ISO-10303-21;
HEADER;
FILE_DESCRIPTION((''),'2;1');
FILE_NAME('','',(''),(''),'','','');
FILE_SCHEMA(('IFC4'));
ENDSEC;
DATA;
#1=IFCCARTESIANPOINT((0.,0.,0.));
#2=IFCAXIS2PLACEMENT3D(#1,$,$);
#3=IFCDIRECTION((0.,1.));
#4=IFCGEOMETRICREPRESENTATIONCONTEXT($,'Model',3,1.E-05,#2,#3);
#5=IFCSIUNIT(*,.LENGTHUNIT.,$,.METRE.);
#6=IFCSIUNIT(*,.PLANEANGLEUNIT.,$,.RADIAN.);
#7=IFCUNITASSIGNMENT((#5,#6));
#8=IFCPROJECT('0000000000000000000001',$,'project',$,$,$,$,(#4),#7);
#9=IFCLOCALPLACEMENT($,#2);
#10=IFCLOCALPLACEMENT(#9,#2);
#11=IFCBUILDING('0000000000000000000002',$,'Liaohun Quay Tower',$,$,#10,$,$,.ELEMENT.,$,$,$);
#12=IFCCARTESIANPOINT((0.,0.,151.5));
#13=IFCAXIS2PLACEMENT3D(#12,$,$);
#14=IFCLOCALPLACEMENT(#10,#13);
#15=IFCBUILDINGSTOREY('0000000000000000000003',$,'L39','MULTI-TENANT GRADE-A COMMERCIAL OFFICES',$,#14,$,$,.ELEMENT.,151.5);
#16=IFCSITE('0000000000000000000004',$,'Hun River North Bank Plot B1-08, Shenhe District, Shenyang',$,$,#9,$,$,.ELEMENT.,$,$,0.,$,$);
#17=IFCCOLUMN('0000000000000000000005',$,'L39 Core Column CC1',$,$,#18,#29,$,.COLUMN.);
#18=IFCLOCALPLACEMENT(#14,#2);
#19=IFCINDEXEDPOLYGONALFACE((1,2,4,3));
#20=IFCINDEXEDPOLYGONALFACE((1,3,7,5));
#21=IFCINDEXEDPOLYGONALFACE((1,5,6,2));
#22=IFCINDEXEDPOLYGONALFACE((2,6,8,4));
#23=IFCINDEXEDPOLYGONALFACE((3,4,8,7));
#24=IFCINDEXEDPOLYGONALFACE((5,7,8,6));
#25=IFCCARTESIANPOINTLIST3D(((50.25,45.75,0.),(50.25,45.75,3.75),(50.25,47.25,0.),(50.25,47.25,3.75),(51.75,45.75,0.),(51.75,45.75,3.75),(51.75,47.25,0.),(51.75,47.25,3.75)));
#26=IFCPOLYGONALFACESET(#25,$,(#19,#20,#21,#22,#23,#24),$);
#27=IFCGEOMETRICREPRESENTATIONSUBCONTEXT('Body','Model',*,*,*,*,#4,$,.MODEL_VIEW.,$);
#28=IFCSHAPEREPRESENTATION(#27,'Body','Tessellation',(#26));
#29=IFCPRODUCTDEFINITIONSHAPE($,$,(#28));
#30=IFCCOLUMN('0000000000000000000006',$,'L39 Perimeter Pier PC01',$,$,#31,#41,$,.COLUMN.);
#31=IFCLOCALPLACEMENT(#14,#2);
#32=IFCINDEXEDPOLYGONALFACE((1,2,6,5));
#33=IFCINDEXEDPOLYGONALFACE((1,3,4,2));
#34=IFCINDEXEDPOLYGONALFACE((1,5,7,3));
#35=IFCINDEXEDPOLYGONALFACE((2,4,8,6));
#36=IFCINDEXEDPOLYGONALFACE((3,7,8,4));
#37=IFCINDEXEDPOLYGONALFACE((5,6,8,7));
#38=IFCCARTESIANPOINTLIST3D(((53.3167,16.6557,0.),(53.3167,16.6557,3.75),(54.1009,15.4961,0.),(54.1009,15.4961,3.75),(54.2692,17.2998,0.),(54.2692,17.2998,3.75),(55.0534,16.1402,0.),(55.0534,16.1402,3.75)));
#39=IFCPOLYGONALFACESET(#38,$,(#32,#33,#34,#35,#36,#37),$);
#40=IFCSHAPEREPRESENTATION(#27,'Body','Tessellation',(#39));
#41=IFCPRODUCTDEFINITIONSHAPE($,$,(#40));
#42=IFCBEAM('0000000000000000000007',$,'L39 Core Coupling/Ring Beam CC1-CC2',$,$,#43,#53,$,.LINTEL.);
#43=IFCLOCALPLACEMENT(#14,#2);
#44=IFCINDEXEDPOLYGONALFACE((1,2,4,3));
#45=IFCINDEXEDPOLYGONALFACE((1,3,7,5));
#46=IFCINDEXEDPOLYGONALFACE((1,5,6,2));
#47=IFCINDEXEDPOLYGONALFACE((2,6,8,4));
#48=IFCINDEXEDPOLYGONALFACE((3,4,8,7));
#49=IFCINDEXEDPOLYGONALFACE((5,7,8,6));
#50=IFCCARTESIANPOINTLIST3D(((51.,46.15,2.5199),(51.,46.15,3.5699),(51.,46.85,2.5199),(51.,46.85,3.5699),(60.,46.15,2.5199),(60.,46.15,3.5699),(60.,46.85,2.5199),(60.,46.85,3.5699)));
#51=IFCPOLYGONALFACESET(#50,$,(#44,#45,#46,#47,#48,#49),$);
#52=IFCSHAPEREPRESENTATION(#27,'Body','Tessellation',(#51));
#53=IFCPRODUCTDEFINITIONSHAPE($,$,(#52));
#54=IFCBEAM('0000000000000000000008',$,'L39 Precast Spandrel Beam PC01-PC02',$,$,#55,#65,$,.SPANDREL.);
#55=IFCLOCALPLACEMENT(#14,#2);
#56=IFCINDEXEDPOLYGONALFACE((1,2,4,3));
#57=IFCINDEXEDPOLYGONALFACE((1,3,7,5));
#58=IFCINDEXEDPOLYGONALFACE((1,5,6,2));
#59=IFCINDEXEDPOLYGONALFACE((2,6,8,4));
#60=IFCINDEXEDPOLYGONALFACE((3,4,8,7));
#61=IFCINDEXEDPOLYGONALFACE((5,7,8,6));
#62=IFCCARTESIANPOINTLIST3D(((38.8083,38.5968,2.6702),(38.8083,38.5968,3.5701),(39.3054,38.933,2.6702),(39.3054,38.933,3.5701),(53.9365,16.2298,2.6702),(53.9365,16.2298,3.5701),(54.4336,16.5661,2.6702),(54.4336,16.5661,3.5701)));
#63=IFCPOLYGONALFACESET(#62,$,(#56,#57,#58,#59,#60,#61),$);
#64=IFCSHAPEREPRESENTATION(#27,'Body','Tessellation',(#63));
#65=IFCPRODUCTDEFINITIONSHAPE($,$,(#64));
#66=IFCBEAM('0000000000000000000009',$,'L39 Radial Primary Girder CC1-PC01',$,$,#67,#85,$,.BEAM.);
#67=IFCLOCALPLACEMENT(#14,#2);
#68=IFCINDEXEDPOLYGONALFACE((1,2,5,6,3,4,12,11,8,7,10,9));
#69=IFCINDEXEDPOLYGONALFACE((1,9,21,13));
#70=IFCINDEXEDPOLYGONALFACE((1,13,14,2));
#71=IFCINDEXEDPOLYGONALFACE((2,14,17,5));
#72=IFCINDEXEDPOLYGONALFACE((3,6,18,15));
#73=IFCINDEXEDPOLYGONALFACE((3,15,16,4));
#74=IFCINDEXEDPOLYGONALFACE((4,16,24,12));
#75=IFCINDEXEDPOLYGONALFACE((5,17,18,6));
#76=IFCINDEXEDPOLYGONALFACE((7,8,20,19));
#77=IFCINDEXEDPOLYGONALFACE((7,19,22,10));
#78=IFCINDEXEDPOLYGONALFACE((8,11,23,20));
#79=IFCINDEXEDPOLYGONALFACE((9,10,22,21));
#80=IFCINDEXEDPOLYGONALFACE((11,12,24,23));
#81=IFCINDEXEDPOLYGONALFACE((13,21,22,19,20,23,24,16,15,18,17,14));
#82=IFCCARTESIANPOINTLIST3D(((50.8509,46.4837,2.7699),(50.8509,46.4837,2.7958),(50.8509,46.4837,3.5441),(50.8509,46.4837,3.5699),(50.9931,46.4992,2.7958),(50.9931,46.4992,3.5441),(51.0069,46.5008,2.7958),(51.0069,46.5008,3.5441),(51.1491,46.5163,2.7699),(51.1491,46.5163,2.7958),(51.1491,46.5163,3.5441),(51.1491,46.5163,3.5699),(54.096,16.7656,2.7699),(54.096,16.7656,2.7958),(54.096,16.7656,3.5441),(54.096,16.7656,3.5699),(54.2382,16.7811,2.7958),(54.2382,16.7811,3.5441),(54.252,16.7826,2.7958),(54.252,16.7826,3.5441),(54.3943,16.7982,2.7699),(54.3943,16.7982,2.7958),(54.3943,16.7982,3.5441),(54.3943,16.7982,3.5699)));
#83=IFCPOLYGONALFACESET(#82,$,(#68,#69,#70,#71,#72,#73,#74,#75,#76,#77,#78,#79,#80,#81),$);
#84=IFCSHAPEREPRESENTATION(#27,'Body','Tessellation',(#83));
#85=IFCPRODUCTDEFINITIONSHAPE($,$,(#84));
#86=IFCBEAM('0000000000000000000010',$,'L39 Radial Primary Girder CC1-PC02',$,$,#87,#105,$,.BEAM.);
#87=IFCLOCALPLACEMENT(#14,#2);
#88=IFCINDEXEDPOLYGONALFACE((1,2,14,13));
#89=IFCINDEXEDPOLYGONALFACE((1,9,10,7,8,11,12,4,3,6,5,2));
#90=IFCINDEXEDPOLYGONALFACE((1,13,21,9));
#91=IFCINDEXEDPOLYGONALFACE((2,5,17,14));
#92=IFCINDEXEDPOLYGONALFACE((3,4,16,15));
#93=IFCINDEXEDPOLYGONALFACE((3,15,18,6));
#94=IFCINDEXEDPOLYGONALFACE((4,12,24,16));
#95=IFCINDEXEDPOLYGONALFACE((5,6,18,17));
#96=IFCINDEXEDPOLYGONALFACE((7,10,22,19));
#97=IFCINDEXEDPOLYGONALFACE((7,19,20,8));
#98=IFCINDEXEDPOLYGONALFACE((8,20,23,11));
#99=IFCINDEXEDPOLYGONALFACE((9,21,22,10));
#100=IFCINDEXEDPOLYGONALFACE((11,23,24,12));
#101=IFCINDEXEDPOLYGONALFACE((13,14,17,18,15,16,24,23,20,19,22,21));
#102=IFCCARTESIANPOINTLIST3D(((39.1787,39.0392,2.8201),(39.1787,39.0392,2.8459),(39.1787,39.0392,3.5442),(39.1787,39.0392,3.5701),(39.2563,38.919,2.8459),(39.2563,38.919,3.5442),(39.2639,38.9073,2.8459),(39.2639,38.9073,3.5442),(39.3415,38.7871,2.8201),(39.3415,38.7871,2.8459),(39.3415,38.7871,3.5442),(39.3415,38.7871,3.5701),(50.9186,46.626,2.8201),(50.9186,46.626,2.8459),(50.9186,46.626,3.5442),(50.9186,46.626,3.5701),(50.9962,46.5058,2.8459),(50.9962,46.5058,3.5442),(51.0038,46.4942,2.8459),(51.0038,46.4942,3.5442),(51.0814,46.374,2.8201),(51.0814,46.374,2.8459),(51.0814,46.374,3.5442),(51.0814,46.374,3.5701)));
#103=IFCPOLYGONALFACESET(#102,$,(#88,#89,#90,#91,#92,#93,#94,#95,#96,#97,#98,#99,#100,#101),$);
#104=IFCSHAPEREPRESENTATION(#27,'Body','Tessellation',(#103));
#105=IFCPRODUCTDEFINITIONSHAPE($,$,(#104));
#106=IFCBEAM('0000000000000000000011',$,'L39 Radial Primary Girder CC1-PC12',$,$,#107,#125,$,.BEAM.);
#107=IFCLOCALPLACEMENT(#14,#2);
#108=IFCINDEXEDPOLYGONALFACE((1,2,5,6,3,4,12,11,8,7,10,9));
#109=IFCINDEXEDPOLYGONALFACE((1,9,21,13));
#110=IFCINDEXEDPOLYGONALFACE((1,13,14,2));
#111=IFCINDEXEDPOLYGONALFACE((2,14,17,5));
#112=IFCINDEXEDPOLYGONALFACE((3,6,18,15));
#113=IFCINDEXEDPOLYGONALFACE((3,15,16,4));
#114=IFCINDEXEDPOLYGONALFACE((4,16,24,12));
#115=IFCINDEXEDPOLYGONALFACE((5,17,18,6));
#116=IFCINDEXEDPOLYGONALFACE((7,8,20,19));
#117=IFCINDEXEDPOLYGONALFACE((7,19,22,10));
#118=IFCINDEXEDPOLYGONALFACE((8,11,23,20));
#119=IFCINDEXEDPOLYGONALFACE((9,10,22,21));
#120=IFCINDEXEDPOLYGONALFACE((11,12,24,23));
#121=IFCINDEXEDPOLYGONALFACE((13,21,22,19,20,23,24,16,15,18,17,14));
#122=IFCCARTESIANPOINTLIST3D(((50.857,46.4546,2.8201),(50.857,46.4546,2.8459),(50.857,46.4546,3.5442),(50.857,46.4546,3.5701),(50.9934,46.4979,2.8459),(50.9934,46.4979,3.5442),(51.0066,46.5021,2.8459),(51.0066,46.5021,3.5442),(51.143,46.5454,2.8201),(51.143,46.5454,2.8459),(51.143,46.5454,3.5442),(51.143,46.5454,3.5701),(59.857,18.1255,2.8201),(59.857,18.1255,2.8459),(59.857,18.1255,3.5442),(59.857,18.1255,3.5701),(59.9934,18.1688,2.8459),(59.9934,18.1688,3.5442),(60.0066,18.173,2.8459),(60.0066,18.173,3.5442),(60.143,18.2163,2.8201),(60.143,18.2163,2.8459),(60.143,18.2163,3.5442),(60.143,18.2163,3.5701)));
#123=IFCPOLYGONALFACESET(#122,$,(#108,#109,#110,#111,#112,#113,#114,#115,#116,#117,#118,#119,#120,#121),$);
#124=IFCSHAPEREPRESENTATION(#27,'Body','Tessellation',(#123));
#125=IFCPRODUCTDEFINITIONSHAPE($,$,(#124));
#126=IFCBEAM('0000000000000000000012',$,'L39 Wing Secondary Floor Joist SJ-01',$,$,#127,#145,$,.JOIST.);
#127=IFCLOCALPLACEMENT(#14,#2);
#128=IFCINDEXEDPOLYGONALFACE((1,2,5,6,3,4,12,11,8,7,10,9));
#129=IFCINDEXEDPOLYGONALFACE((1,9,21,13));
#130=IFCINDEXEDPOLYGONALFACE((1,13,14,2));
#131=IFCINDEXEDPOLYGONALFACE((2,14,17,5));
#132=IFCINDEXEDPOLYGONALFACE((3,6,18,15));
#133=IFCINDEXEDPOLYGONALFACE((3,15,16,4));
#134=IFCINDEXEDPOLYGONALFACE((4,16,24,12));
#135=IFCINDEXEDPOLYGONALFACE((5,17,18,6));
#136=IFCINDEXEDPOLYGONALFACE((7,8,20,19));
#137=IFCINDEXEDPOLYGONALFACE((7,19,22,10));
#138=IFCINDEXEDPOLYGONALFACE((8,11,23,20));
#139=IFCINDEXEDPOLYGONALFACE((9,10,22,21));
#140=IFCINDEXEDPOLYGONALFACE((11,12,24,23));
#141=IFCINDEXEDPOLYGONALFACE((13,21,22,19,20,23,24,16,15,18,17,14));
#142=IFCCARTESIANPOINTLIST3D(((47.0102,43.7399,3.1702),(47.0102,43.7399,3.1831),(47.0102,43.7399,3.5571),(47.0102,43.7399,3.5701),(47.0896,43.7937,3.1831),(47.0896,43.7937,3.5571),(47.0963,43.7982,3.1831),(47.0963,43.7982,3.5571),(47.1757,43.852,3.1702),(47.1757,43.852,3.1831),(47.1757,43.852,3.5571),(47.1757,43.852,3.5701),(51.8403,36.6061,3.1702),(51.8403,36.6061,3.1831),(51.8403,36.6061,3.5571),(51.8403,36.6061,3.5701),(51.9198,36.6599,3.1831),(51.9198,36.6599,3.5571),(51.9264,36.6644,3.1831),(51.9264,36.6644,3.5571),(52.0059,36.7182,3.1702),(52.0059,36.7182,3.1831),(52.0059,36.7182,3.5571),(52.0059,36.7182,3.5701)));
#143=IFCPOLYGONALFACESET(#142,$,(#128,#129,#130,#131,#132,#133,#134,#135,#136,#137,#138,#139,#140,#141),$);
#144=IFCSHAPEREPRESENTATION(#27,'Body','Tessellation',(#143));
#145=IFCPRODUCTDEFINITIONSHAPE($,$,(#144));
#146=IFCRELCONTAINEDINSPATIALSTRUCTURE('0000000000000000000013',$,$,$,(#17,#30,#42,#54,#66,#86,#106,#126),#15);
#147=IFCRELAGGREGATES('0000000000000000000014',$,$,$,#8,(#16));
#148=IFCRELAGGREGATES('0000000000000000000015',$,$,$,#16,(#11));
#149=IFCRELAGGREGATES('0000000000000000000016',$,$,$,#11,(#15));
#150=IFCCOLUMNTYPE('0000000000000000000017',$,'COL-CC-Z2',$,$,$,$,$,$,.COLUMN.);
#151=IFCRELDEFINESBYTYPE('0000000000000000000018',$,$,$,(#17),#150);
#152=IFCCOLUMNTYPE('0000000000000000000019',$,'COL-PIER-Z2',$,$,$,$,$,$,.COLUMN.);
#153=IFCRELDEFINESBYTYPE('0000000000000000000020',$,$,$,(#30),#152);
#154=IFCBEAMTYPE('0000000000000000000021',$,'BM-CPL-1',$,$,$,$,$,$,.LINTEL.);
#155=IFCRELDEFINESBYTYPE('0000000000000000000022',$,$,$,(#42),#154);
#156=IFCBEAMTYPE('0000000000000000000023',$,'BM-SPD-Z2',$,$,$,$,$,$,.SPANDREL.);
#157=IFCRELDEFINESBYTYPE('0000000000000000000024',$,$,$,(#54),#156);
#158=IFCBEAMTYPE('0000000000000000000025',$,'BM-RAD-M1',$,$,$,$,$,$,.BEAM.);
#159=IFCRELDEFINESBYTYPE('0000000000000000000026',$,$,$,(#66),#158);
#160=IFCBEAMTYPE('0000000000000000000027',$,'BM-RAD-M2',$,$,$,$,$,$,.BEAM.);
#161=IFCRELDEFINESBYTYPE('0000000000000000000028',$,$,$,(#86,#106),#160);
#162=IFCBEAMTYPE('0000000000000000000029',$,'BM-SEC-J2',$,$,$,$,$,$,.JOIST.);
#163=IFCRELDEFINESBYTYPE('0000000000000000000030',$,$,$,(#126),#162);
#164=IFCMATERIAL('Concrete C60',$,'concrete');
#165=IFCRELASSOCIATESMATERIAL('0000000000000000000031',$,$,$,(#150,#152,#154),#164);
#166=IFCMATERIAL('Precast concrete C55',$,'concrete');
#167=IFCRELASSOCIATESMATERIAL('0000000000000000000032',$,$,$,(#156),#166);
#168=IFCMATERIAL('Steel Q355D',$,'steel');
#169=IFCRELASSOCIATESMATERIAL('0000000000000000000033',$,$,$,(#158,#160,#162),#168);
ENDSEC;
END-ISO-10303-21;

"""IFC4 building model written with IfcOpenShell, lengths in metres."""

from ifc_helpers import new_model, si_unit, direction, frame, origin, origin_2d, place, context, subcontext, project, spatial, rectangle, i_section, extrude, source, transform, mapped, material, material_profile, profile_set, type_object, element, save


model = new_model("IFC4")

# Units and contexts
model_context = context("Model", 3, precision=1e-05, world=origin(), true_north=direction((0.0, 1.0)))
body_context = subcontext(model_context, "Body", "Model", "MODEL_VIEW")
ifc_project = project(units=[si_unit("LENGTHUNIT", "METRE"), si_unit("PLANEANGLEUNIT", "RADIAN")], contexts=[model_context])

# Site, building, storey
site_placement = place(None, origin())
site = spatial("IfcSite", under=ifc_project, at=site_placement, Name="Hun River North Bank Plot B1-08, Shenhe District, Shenyang", CompositionType="ELEMENT", RefElevation=0.0)
building_placement = place(site_placement, origin())
building = spatial("IfcBuilding", under=site, at=building_placement, Name="Liaohun Quay Tower", CompositionType="ELEMENT")
storey_placement = place(building_placement, frame((0.0, 0.0, 151.5)))
storey = spatial("IfcBuildingStorey", under=building, at=storey_placement, Name="L39", Description="MULTI-TENANT GRADE-A COMMERCIAL OFFICES", CompositionType="ELEMENT", Elevation=151.5)

# Columns
ifc_material_1 = material(Name="Concrete C60", Category="concrete")
ifc_material_profile_1 = material_profile(ifc_material_1, rectangle(XDim=1.5, YDim=1.5, at=origin_2d()), Name="RC1500x1500")
ifc_profile_set_1 = profile_set([ifc_material_profile_1], Name="Concrete C60")
column_type_1 = type_object("IfcColumnType", Name="COL-CC-Z2", PredefinedType="COLUMN", material=ifc_profile_set_1)
shared_shape_1 = source(origin(), body_context, "Body", "SweptSolid", [
    extrude(rectangle(XDim=1.5, YDim=1.5, at=origin_2d()), origin(), (0.0, 0.0, 1.0), 3.75),
])
column_1_placement = place(storey_placement, frame((51.0, 46.5, 0.0), z_axis=(0.0, 0.0, 1.0), x_axis=(1.0, 0.0, 0.0)))
element("IfcColumn", 1, at=column_1_placement, inside=storey, type_object=column_type_1, Name="L39 Core Column CC1", PredefinedType="COLUMN", context=body_context, shape_type="MappedRepresentation", body=[
    mapped(shared_shape_1, transform((0.0, 0.0, 0.0), x_axis=(1.0, 0.0, 0.0), y_axis=(0.0, 1.0, 0.0), z_axis=(0.0, 0.0, 1.0), scale=1.0)),
])
ifc_material_profile_2 = material_profile(ifc_material_1, rectangle(XDim=1.3999, YDim=1.1499, at=origin_2d()), Name="RC1400x1150")
ifc_profile_set_2 = profile_set([ifc_material_profile_2], Name="Concrete C60")
column_type_2 = type_object("IfcColumnType", Name="COL-PIER-Z2", PredefinedType="COLUMN", material=ifc_profile_set_2)
shared_shape_2 = source(origin(), body_context, "Body", "SweptSolid", [
    extrude(rectangle(XDim=1.3999, YDim=1.1499, at=origin_2d()), origin(), (0.0, 0.0, 1.0), 3.75),
])
column_2_placement = place(storey_placement, frame((54.1851, 16.3979, 0.0), z_axis=(0.0, 0.0, 1.0), x_axis=(-0.560205, 0.828354, 0.0)))
element("IfcColumn", 2, at=column_2_placement, inside=storey, type_object=column_type_2, Name="L39 Perimeter Pier PC01", PredefinedType="COLUMN", context=body_context, shape_type="MappedRepresentation", body=[
    mapped(shared_shape_2, transform((0.0, 0.0, 0.0), x_axis=(1.0, 0.0, 0.0), y_axis=(0.0, 1.0, 0.0), z_axis=(0.0, 0.0, 1.0), scale=1.0)),
])

# Beams
ifc_material_profile_3 = material_profile(ifc_material_1, rectangle(XDim=0.7, YDim=1.05, at=origin_2d()), Name="RC700x1050")
ifc_profile_set_3 = profile_set([ifc_material_profile_3], Name="Concrete C60")
beam_type_1 = type_object("IfcBeamType", Name="BM-CPL-1", PredefinedType="LINTEL", material=ifc_profile_set_3)
shared_shape_3 = source(origin(), body_context, "Body", "SweptSolid", [
    extrude(rectangle(XDim=0.7, YDim=1.05, at=origin_2d()), origin(), (0.0, 0.0, 1.0), 9.0),
])
beam_1_placement = place(storey_placement, frame((51.0, 46.5, 3.0449), z_axis=(1.0, 0.0, 0.0), x_axis=(0.0, 1.0, 0.0)))
element("IfcBeam", 3, at=beam_1_placement, inside=storey, type_object=beam_type_1, Name="L39 Core Coupling/Ring Beam CC1-CC2", PredefinedType="LINTEL", context=body_context, shape_type="MappedRepresentation", body=[
    mapped(shared_shape_3, transform((0.0, 0.0, 0.0), x_axis=(1.0, 0.0, 0.0), y_axis=(0.0, 1.0, 0.0), z_axis=(0.0, 0.0, 1.0), scale=1.0)),
])
ifc_material_2 = material(Name="Precast concrete C55", Category="concrete")
ifc_material_profile_4 = material_profile(ifc_material_2, rectangle(XDim=0.6001, YDim=0.8999, at=origin_2d()), Name="RC600x900")
ifc_profile_set_4 = profile_set([ifc_material_profile_4], Name="Precast concrete C55")
beam_type_2 = type_object("IfcBeamType", Name="BM-SPD-Z2", PredefinedType="SPANDREL", material=ifc_profile_set_4)
shared_shape_4 = source(origin(), body_context, "Body", "SweptSolid", [
    extrude(rectangle(XDim=0.6001, YDim=0.8999, at=origin_2d()), origin(), (0.0, 0.0, 1.0), 27.0027),
])
beam_2_placement = place(storey_placement, frame((54.1851, 16.3979, 3.1201), z_axis=(-0.560248, 0.828325, 0.0), x_axis=(-0.828325, -0.560248, 0.0)))
element("IfcBeam", 4, at=beam_2_placement, inside=storey, type_object=beam_type_2, Name="L39 Precast Spandrel Beam PC01-PC02", PredefinedType="SPANDREL", context=body_context, shape_type="MappedRepresentation", body=[
    mapped(shared_shape_4, transform((0.0, 0.0, 0.0), x_axis=(1.0, 0.0, 0.0), y_axis=(0.0, 1.0, 0.0), z_axis=(0.0, 0.0, 1.0), scale=1.0)),
])
ifc_material_3 = material(Name="Steel Q355D", Category="steel")
ifc_material_profile_5 = material_profile(ifc_material_3, i_section(OverallWidth=0.3, OverallDepth=0.8, WebThickness=0.0139, FlangeThickness=0.0259, at=origin_2d()), Name="HN800x300x14x26")
ifc_profile_set_5 = profile_set([ifc_material_profile_5], Name="Steel Q355D")
beam_type_3 = type_object("IfcBeamType", Name="BM-RAD-M1", PredefinedType="BEAM", material=ifc_profile_set_5)
shared_shape_5 = source(origin(), body_context, "Body", "SweptSolid", [
    extrude(i_section(OverallWidth=0.3, OverallDepth=0.8, WebThickness=0.0139, FlangeThickness=0.0259, at=origin_2d()), origin(), (0.0, 0.0, 1.0), 29.8948),
])
beam_3_placement = place(storey_placement, frame((51.0, 46.5, 3.1699), z_axis=(0.108552, -0.994091, 0.0), x_axis=(0.994091, 0.108552, 0.0)))
element("IfcBeam", 5, at=beam_3_placement, inside=storey, type_object=beam_type_3, Name="L39 Radial Primary Girder CC1-PC01", PredefinedType="BEAM", context=body_context, shape_type="MappedRepresentation", body=[
    mapped(shared_shape_5, transform((0.0, 0.0, 0.0), x_axis=(1.0, 0.0, 0.0), y_axis=(0.0, 1.0, 0.0), z_axis=(0.0, 0.0, 1.0), scale=1.0)),
])
ifc_material_profile_6 = material_profile(ifc_material_3, i_section(OverallWidth=0.3, OverallDepth=0.75, WebThickness=0.0139, FlangeThickness=0.0259, at=origin_2d()), Name="HN750x300x14x26")
ifc_profile_set_6 = profile_set([ifc_material_profile_6], Name="Steel Q355D")
beam_type_4 = type_object("IfcBeamType", Name="BM-RAD-M2", PredefinedType="BEAM", material=ifc_profile_set_6)
shared_shape_6 = source(origin(), body_context, "Body", "SweptSolid", [
    extrude(i_section(OverallWidth=0.3, OverallDepth=0.75, WebThickness=0.0139, FlangeThickness=0.0259, at=origin_2d()), origin(), (0.0, 0.0, 1.0), 13.978),
])
beam_4_placement = place(storey_placement, frame((51.0, 46.5, 3.1951), z_axis=(-0.839882, -0.54277, 0.0), x_axis=(0.54277, -0.839882, 0.0)))
element("IfcBeam", 6, at=beam_4_placement, inside=storey, type_object=beam_type_4, Name="L39 Radial Primary Girder CC1-PC02", PredefinedType="BEAM", context=body_context, shape_type="MappedRepresentation", body=[
    mapped(shared_shape_6, transform((0.0, 0.0, 0.0), x_axis=(1.0, 0.0, 0.0), y_axis=(0.0, 1.0, 0.0), z_axis=(0.0, 0.0, 1.0), scale=1.0)),
])
shared_shape_7 = source(origin(), body_context, "Body", "SweptSolid", [
    extrude(i_section(OverallWidth=0.3, OverallDepth=0.75, WebThickness=0.0139, FlangeThickness=0.0259, at=origin_2d()), origin(), (0.0, 0.0, 1.0), 29.7244),
])
beam_5_placement = place(storey_placement, frame((51.0, 46.5, 3.1951), z_axis=(0.302782, -0.95306, 0.0), x_axis=(0.95306, 0.302782, 0.0)))
element("IfcBeam", 7, at=beam_5_placement, inside=storey, type_object=beam_type_4, Name="L39 Radial Primary Girder CC1-PC12", PredefinedType="BEAM", context=body_context, shape_type="MappedRepresentation", body=[
    mapped(shared_shape_7, transform((0.0, 0.0, 0.0), x_axis=(1.0, 0.0, 0.0), y_axis=(0.0, 1.0, 0.0), z_axis=(0.0, 0.0, 1.0), scale=1.0)),
])
ifc_material_profile_7 = material_profile(ifc_material_3, i_section(OverallWidth=0.2, OverallDepth=0.3999, WebThickness=0.0081, FlangeThickness=0.0129, at=origin_2d()), Name="HN400x200x8x13")
ifc_profile_set_7 = profile_set([ifc_material_profile_7], Name="Steel Q355D")
beam_type_5 = type_object("IfcBeamType", Name="BM-SEC-J2", PredefinedType="JOIST", material=ifc_profile_set_7)
shared_shape_8 = source(origin(), body_context, "Body", "SweptSolid", [
    extrude(i_section(OverallWidth=0.2, OverallDepth=0.3999, WebThickness=0.0081, FlangeThickness=0.0129, at=origin_2d()), origin(), (0.0, 0.0, 1.0), 8.6152),
])
beam_6_placement = place(storey_placement, frame((51.9231, 36.6621, 3.3701), z_axis=(-0.56065, 0.828053, 0.0), x_axis=(-0.828053, -0.56065, 0.0)))
element("IfcBeam", 8, at=beam_6_placement, inside=storey, type_object=beam_type_5, Name="L39 Wing Secondary Floor Joist SJ-01", PredefinedType="JOIST", context=body_context, shape_type="MappedRepresentation", body=[
    mapped(shared_shape_8, transform((0.0, 0.0, 0.0), x_axis=(1.0, 0.0, 0.0), y_axis=(0.0, 1.0, 0.0), z_axis=(0.0, 0.0, 1.0), scale=1.0)),
])

save(model, "model.ifc")
